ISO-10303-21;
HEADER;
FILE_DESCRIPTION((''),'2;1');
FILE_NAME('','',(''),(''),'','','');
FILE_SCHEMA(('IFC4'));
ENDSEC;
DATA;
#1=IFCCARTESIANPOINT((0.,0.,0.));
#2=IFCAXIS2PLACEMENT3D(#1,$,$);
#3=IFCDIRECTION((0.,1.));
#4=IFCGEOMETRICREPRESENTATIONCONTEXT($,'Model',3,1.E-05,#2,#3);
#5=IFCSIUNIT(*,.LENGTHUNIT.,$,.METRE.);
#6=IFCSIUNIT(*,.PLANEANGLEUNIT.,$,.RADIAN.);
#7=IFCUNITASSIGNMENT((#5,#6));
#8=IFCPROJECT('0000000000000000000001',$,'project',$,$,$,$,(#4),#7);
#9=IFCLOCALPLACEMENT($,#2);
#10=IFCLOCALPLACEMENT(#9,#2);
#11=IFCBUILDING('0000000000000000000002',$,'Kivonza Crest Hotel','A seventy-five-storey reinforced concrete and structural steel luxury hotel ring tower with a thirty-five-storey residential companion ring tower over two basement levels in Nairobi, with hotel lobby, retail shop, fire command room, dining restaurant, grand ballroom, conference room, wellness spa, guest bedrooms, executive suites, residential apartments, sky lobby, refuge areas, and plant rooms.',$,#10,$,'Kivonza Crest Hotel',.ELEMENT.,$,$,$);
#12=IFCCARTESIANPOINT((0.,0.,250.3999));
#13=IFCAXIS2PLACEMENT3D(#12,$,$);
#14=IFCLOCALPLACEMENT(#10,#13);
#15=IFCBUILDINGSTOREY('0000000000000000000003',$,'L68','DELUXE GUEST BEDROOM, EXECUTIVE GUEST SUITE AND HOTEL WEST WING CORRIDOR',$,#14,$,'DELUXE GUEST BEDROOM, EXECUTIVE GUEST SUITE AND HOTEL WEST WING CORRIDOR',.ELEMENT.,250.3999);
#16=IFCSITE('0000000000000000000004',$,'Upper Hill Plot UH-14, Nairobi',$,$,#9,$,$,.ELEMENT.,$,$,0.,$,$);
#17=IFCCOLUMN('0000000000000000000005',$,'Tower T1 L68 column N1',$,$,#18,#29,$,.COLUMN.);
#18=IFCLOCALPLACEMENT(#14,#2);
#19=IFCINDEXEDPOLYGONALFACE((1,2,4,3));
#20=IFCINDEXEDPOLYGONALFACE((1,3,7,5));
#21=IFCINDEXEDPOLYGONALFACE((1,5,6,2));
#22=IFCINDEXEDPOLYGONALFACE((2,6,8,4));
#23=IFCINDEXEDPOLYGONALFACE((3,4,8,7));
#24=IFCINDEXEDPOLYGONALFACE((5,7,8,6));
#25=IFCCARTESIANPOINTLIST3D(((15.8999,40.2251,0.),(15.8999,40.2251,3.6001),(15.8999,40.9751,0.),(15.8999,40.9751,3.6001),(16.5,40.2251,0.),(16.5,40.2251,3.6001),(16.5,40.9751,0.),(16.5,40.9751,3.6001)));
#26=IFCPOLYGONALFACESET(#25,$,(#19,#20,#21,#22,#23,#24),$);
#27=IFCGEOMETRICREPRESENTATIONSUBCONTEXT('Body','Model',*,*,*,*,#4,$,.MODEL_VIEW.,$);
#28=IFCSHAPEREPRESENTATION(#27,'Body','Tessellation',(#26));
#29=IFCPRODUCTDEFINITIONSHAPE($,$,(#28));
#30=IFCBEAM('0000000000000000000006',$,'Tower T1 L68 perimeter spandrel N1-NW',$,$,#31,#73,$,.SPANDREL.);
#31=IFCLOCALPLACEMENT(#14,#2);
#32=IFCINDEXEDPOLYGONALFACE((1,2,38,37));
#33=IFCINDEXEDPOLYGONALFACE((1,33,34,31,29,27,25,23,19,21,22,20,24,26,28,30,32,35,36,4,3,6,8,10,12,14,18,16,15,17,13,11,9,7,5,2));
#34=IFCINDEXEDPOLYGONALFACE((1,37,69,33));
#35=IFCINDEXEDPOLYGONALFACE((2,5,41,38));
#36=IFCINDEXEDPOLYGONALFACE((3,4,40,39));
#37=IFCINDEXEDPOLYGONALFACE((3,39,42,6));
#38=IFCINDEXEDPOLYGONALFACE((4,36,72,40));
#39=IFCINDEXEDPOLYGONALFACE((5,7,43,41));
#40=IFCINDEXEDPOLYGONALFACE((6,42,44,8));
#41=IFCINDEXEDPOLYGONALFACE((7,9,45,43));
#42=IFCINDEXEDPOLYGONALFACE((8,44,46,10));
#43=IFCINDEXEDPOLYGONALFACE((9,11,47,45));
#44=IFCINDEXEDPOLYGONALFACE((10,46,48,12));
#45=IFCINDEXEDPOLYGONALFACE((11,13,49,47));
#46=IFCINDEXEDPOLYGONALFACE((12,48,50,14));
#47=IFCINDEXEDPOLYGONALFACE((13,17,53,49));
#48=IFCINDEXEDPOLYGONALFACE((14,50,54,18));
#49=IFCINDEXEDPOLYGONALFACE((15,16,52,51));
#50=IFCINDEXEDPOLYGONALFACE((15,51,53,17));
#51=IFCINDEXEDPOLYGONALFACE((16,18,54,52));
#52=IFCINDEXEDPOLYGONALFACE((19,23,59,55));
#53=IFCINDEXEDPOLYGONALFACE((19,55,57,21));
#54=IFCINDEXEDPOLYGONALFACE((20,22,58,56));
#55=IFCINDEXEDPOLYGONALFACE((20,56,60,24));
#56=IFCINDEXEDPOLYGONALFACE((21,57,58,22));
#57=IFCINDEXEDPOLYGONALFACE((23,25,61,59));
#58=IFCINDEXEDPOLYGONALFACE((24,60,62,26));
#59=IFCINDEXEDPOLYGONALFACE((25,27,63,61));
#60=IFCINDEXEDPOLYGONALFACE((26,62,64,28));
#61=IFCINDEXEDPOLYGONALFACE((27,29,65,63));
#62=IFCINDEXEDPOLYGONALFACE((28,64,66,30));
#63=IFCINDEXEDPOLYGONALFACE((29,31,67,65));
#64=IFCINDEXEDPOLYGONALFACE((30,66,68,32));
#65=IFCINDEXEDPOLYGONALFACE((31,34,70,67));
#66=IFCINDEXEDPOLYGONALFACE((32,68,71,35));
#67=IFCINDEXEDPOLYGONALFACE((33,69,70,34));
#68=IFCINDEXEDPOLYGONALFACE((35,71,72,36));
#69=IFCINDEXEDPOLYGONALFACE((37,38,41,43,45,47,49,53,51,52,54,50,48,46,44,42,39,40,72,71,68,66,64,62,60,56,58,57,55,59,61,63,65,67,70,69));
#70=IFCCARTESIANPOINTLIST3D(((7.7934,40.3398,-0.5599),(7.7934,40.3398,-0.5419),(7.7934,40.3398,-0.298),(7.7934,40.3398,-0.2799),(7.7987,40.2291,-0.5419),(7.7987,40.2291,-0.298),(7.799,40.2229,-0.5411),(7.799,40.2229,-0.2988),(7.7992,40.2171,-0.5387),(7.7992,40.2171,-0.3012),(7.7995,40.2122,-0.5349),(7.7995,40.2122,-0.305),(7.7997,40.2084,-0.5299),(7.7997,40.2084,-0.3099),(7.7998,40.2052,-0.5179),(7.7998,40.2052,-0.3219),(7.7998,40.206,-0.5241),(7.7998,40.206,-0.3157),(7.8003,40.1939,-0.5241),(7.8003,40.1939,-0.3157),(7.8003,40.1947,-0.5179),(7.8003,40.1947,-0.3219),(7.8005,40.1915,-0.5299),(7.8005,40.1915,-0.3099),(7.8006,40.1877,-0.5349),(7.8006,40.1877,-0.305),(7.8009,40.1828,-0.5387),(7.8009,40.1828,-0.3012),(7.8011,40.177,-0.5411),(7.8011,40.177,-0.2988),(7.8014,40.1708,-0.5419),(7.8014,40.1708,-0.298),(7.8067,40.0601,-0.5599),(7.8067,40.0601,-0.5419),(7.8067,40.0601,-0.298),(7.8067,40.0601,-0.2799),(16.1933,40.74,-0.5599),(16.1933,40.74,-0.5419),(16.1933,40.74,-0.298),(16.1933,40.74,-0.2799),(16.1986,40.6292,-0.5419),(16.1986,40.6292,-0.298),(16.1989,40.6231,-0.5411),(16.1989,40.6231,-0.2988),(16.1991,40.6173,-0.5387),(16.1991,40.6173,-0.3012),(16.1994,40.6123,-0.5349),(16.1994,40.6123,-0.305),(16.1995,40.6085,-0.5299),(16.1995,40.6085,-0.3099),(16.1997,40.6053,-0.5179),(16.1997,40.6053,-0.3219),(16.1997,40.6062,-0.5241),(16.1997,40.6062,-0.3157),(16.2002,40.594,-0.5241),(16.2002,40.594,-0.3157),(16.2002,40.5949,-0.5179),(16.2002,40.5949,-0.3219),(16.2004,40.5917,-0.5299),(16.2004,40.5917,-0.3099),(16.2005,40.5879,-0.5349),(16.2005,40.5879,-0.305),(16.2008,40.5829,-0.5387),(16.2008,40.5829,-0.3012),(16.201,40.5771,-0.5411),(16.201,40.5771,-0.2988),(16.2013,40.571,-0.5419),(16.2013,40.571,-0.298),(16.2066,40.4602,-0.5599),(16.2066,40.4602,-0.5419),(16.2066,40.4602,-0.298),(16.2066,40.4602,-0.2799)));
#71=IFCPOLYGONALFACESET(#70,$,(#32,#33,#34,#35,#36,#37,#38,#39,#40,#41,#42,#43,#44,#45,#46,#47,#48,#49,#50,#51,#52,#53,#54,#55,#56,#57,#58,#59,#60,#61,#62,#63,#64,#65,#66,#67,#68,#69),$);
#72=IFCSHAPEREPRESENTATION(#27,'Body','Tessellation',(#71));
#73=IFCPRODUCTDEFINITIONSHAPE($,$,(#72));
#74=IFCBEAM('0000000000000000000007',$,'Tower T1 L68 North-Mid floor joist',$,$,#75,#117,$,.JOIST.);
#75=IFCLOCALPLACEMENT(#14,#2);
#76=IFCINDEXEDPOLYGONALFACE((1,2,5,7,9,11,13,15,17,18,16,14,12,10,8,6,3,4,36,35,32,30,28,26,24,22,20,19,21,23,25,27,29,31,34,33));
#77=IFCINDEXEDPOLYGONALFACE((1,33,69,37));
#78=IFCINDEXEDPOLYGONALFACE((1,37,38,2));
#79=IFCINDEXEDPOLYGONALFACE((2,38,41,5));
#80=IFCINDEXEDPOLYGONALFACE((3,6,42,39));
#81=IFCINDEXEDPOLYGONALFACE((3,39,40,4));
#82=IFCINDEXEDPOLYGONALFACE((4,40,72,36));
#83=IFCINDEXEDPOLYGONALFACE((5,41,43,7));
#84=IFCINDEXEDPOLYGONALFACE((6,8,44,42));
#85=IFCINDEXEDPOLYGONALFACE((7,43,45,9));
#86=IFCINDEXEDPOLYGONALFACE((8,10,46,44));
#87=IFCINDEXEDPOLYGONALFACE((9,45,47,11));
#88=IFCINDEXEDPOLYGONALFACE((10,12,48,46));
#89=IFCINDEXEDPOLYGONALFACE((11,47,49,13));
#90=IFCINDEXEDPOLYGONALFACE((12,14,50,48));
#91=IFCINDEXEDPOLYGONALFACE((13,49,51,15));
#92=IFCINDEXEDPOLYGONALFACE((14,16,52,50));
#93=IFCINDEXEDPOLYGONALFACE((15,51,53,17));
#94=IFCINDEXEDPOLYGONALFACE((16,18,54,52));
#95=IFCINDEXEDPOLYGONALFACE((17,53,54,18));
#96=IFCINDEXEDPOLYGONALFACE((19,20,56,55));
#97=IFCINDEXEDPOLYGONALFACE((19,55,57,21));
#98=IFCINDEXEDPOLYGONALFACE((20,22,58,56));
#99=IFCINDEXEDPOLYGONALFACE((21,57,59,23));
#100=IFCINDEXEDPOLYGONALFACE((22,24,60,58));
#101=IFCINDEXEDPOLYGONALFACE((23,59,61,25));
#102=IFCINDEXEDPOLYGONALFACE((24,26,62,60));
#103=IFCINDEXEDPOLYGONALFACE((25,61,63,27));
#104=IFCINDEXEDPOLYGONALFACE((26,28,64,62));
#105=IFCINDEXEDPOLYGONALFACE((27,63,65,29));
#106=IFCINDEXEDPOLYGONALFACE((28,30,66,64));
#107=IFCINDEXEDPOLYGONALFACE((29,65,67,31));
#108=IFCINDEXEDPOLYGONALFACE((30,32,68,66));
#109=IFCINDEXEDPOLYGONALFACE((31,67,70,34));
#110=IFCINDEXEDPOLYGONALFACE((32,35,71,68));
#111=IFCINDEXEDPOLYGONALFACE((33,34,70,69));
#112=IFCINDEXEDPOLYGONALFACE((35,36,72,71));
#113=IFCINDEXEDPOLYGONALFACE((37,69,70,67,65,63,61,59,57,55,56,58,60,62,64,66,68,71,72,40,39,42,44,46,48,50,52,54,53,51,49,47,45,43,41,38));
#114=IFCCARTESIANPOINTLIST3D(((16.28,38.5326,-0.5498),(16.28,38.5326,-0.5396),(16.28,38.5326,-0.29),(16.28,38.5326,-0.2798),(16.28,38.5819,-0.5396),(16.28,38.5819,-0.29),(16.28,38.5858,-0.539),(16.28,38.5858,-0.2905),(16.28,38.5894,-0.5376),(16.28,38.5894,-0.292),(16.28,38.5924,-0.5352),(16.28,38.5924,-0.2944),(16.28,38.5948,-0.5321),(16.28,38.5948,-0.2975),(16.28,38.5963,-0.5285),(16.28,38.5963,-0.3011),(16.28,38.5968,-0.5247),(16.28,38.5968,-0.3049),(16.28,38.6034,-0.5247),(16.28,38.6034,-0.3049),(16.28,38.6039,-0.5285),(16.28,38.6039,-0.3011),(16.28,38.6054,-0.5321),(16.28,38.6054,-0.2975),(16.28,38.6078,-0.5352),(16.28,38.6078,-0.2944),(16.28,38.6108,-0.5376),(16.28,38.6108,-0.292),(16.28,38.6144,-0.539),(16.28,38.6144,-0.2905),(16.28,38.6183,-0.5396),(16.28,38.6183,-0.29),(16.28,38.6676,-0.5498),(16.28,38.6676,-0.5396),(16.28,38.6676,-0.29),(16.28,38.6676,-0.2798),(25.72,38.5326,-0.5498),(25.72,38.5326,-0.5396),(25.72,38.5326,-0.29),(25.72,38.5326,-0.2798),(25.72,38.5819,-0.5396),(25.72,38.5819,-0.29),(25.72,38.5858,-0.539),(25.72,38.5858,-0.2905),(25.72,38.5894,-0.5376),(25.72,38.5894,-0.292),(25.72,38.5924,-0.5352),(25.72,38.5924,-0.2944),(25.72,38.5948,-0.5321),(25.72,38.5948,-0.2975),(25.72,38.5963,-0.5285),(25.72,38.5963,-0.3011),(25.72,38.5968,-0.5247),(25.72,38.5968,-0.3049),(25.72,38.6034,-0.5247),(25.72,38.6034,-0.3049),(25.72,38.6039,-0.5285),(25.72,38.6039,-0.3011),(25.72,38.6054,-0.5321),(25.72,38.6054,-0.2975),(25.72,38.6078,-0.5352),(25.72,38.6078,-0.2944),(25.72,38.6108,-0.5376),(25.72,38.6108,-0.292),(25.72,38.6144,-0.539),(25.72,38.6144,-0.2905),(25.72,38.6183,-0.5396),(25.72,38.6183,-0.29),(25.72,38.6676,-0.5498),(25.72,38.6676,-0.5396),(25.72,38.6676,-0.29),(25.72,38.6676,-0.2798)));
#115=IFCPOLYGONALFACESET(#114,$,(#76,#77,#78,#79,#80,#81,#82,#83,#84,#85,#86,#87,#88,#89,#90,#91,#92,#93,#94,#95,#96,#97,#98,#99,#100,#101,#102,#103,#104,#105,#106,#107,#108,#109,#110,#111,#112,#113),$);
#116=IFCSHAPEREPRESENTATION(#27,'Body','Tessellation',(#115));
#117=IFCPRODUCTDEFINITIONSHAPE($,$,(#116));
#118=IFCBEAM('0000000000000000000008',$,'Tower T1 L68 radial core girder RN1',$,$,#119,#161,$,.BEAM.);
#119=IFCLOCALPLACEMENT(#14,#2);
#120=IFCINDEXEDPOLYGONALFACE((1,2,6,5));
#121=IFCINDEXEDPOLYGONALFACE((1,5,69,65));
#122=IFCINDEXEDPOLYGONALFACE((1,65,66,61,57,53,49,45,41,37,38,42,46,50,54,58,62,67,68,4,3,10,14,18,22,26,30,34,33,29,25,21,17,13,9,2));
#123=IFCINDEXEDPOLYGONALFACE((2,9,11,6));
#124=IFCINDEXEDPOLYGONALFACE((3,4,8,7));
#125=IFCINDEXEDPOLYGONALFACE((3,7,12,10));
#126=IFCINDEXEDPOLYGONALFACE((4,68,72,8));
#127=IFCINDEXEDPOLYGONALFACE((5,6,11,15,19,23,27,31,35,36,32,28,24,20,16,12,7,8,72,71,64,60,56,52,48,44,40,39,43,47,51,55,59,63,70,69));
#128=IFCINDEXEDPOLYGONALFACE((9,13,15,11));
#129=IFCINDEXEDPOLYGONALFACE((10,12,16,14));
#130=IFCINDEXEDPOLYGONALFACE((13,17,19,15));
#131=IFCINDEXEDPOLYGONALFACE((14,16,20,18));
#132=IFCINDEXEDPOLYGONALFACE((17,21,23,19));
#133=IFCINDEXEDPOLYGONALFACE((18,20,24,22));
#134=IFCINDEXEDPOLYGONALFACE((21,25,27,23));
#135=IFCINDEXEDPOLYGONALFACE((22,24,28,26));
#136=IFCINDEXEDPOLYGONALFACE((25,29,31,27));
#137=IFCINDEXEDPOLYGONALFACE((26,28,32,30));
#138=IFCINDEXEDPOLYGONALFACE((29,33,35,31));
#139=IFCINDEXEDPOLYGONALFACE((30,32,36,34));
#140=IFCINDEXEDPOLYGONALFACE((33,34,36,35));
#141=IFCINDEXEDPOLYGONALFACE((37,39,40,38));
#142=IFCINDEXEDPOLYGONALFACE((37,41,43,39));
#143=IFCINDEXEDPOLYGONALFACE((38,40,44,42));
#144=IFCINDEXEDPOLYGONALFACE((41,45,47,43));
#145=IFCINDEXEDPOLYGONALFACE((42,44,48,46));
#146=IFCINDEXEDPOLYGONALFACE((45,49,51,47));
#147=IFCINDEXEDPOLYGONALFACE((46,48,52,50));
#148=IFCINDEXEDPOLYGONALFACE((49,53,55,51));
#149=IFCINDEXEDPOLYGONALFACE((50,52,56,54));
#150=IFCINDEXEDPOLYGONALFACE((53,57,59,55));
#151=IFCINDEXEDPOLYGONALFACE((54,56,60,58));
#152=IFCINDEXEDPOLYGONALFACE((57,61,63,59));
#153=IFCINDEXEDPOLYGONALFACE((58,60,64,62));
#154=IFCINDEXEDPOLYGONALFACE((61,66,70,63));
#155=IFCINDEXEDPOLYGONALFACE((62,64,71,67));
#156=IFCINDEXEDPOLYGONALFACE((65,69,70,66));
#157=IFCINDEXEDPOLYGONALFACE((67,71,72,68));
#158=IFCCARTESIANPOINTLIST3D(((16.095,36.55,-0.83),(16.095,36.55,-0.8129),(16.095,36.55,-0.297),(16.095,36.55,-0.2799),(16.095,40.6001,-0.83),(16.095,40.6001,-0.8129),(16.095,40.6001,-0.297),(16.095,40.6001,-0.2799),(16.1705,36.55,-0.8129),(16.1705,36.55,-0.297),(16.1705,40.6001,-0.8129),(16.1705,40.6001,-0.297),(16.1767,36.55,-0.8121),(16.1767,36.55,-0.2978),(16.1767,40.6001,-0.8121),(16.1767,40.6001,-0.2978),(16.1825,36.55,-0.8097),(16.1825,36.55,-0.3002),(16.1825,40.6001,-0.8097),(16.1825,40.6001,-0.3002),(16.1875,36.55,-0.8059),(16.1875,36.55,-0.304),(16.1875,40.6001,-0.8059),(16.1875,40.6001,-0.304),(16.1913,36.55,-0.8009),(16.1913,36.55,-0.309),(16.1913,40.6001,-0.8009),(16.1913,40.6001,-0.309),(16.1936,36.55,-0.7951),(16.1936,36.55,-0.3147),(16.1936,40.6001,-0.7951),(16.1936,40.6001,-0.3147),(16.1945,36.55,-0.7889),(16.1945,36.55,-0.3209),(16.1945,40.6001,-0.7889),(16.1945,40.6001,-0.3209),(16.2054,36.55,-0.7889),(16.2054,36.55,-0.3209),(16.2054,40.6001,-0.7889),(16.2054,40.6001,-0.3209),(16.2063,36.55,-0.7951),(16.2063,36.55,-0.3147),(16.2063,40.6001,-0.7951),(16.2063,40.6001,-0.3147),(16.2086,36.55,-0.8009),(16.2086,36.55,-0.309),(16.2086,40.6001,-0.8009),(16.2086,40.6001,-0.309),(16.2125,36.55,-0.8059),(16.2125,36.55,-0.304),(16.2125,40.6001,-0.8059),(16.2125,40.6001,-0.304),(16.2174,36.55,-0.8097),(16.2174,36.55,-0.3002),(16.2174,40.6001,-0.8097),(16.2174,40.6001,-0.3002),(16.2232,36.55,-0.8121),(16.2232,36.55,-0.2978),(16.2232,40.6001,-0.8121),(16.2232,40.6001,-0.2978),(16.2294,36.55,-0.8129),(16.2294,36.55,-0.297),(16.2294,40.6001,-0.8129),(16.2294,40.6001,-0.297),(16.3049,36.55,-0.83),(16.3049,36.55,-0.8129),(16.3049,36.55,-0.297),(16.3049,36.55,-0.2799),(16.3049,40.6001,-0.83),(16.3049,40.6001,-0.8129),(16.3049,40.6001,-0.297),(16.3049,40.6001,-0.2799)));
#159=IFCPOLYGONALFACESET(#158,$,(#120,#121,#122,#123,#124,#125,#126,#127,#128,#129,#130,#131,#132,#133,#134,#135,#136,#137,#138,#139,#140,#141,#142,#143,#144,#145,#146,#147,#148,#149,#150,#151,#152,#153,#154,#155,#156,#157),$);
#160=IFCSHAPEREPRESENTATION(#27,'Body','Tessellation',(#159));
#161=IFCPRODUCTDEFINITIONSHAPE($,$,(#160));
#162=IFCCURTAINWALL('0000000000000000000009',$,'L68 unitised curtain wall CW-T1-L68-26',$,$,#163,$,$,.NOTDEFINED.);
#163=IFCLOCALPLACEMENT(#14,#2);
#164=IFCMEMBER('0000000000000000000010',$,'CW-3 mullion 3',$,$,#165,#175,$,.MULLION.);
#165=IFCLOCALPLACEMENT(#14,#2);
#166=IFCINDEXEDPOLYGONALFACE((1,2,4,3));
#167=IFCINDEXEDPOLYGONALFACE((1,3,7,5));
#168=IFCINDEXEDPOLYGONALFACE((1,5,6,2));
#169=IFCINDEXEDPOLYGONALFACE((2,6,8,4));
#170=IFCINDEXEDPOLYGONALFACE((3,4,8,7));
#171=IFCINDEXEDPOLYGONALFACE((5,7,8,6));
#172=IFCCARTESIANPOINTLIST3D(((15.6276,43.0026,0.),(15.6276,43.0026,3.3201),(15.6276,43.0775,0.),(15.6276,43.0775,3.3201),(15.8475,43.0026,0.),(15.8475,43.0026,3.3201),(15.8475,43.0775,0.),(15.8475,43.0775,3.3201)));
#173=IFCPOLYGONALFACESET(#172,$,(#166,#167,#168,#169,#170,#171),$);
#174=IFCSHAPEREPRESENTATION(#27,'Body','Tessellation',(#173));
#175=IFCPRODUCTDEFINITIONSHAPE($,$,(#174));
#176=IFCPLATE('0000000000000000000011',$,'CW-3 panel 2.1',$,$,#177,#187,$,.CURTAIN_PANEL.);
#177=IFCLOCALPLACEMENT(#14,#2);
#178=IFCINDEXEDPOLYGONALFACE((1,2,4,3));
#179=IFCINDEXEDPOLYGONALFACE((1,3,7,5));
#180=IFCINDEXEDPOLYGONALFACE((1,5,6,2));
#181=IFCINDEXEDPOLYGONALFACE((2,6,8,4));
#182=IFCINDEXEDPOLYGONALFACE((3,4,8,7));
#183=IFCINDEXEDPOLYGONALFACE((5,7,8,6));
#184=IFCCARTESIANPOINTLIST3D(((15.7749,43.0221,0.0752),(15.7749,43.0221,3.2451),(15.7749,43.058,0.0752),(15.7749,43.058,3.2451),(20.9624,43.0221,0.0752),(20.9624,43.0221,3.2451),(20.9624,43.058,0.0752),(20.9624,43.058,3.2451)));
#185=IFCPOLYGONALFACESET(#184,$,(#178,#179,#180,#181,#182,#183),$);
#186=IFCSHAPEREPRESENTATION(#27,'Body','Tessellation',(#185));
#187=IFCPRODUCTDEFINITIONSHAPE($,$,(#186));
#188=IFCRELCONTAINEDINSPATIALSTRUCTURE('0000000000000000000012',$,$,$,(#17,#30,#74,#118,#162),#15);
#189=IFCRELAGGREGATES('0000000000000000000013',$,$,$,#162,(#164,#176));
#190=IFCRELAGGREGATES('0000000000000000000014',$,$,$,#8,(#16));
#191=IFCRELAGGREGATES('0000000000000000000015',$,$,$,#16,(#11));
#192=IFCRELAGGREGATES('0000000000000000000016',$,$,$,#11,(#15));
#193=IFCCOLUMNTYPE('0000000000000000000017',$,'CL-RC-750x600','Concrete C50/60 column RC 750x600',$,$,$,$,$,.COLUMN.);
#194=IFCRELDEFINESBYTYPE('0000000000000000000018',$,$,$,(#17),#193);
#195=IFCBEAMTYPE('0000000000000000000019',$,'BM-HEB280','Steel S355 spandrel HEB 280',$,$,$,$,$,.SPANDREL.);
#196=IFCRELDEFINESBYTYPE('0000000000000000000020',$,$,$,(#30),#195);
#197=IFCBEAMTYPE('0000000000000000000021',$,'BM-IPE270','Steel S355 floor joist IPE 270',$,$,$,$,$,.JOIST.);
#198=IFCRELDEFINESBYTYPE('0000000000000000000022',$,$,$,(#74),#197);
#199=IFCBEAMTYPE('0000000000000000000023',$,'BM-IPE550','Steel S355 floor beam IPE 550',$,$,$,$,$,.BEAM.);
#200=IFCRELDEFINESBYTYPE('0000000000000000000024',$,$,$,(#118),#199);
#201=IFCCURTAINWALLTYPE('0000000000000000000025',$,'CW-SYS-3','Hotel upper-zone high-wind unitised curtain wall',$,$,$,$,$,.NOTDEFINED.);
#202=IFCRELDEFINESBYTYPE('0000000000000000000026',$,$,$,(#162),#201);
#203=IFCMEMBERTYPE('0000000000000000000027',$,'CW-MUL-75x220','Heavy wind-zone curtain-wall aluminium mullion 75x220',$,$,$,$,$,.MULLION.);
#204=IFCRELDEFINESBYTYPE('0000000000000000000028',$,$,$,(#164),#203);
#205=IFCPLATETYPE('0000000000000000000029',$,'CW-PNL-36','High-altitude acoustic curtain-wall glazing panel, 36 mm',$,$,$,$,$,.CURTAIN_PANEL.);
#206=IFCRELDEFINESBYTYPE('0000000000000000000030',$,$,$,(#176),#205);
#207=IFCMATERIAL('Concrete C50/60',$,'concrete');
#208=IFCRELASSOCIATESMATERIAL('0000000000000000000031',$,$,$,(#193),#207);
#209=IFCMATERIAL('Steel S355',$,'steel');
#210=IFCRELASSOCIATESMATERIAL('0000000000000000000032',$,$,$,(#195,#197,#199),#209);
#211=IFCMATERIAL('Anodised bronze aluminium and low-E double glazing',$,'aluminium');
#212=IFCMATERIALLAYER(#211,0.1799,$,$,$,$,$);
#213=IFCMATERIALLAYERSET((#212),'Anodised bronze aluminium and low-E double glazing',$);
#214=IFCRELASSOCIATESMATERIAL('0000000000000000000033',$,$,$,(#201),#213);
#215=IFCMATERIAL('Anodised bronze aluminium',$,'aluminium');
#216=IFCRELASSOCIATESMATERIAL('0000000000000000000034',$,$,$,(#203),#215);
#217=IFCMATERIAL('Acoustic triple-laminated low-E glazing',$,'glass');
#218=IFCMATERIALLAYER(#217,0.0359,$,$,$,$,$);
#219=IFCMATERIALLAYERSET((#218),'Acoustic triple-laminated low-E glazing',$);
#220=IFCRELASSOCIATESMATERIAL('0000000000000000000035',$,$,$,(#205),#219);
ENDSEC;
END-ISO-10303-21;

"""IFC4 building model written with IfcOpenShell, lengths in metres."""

from ifc_helpers import new_model, si_unit, direction, frame, origin, origin_2d, place, context, subcontext, project, spatial, rectangle, i_section, extrude, material, layer, layer_set, material_profile, profile_set, type_object, element, aggregate, save


model = new_model("IFC4")

# Units and contexts
model_context = context("Model", 3, precision=1e-05, world=origin(), true_north=direction((0.0, 1.0)))
body_context = subcontext(model_context, "Body", "Model", "MODEL_VIEW")
ifc_project = project(units=[si_unit("LENGTHUNIT", "METRE"), si_unit("PLANEANGLEUNIT", "RADIAN")], contexts=[model_context])

# Site, building, storey
site_placement = place(None, origin())
site = spatial("IfcSite", under=ifc_project, at=site_placement, Name="Upper Hill Plot UH-14, Nairobi", CompositionType="ELEMENT", RefElevation=0.0)
building_placement = place(site_placement, origin())
building = spatial("IfcBuilding", under=site, at=building_placement, Name="Kivonza Crest Hotel", Description="A seventy-five-storey reinforced concrete and structural steel luxury hotel ring tower with a thirty-five-storey residential companion ring tower over two basement levels in Nairobi, with hotel lobby, retail shop, fire command room, dining restaurant, grand ballroom, conference room, wellness spa, guest bedrooms, executive suites, residential apartments, sky lobby, refuge areas, and plant rooms.", LongName="Kivonza Crest Hotel", CompositionType="ELEMENT")
storey_placement = place(building_placement, frame((0.0, 0.0, 250.3999)))
storey = spatial("IfcBuildingStorey", under=building, at=storey_placement, Name="L68", Description="DELUXE GUEST BEDROOM, EXECUTIVE GUEST SUITE AND HOTEL WEST WING CORRIDOR", LongName="DELUXE GUEST BEDROOM, EXECUTIVE GUEST SUITE AND HOTEL WEST WING CORRIDOR", CompositionType="ELEMENT", Elevation=250.3999)

# Column
ifc_material_1 = material(Name="Concrete C50/60", Category="concrete")
ifc_material_profile_1 = material_profile(ifc_material_1, rectangle(XDim=0.6001, YDim=0.75, at=origin_2d()), Name="RC 750x600")
ifc_profile_set_1 = profile_set([ifc_material_profile_1], Name="Concrete C50/60")
column_type = type_object("IfcColumnType", Name="CL-RC-750x600", Description="Concrete C50/60 column RC 750x600", PredefinedType="COLUMN", material=ifc_profile_set_1)
column_placement = place(storey_placement, frame((16.2, 40.6001, 0.0), z_axis=(0.0, 0.0, 1.0), x_axis=(1.0, 0.0, 0.0)))
element("IfcColumn", 1, at=column_placement, inside=storey, type_object=column_type, Name="Tower T1 L68 column N1", PredefinedType="COLUMN", context=body_context, shape_type="SweptSolid", body=[
    extrude(rectangle(XDim=0.6001, YDim=0.75, at=origin_2d()), origin(), (0.0, 0.0, 1.0), 3.6001),
])

# Beams
ifc_material_2 = material(Name="Steel S355", Category="steel")
ifc_material_profile_2 = material_profile(ifc_material_2, i_section(OverallWidth=0.28, OverallDepth=0.28, WebThickness=0.0105, FlangeThickness=0.0181, FilletRadius=0.0239, at=origin_2d()), Name="HEB 280")
ifc_profile_set_2 = profile_set([ifc_material_profile_2], Name="Steel S355")
beam_type_1 = type_object("IfcBeamType", Name="BM-HEB280", Description="Steel S355 spandrel HEB 280", PredefinedType="SPANDREL", material=ifc_profile_set_2)
beam_1_placement = place(storey_placement, frame((16.2, 40.6001, -0.4199), z_axis=(-0.998867, -0.047583, 0.0), x_axis=(0.047583, -0.998867, 0.0)))
element("IfcBeam", 2, at=beam_1_placement, inside=storey, type_object=beam_type_1, Name="Tower T1 L68 perimeter spandrel N1-NW", PredefinedType="SPANDREL", context=body_context, shape_type="SweptSolid", body=[
    extrude(i_section(OverallWidth=0.28, OverallDepth=0.28, WebThickness=0.0105, FlangeThickness=0.0181, FilletRadius=0.0239, at=origin_2d()), origin(), (0.0, 0.0, 1.0), 8.4094),
])
ifc_material_profile_3 = material_profile(ifc_material_2, i_section(OverallWidth=0.135, OverallDepth=0.27, WebThickness=0.0066, FlangeThickness=0.0103, FilletRadius=0.0149, at=origin_2d()), Name="IPE 270")
ifc_profile_set_3 = profile_set([ifc_material_profile_3], Name="Steel S355")
beam_type_2 = type_object("IfcBeamType", Name="BM-IPE270", Description="Steel S355 floor joist IPE 270", PredefinedType="JOIST", material=ifc_profile_set_3)
beam_2_placement = place(storey_placement, frame((16.28, 38.6001, -0.4148), z_axis=(1.0, 0.0, 0.0), x_axis=(0.0, 1.0, 0.0)))
element("IfcBeam", 3, at=beam_2_placement, inside=storey, type_object=beam_type_2, Name="Tower T1 L68 North-Mid floor joist", PredefinedType="JOIST", context=body_context, shape_type="SweptSolid", body=[
    extrude(i_section(OverallWidth=0.135, OverallDepth=0.27, WebThickness=0.0066, FlangeThickness=0.0103, FilletRadius=0.0149, at=origin_2d()), origin(), (0.0, 0.0, 1.0), 9.4399),
])
ifc_material_profile_4 = material_profile(ifc_material_2, i_section(OverallWidth=0.21, OverallDepth=0.55, WebThickness=0.011, FlangeThickness=0.0171, FilletRadius=0.0239, at=origin_2d()), Name="IPE 550")
ifc_profile_set_4 = profile_set([ifc_material_profile_4], Name="Steel S355")
beam_type_3 = type_object("IfcBeamType", Name="BM-IPE550", Description="Steel S355 floor beam IPE 550", PredefinedType="BEAM", material=ifc_profile_set_4)
beam_3_placement = place(storey_placement, frame((16.2, 40.6001, -0.5549), z_axis=(0.0, -1.0, 0.0), x_axis=(1.0, 0.0, 0.0)))
element("IfcBeam", 4, at=beam_3_placement, inside=storey, type_object=beam_type_3, Name="Tower T1 L68 radial core girder RN1", PredefinedType="BEAM", context=body_context, shape_type="SweptSolid", body=[
    extrude(i_section(OverallWidth=0.21, OverallDepth=0.55, WebThickness=0.011, FlangeThickness=0.0171, FilletRadius=0.0239, at=origin_2d()), origin(), (0.0, 0.0, 1.0), 4.05),
])

# Curtain wall, member, plate
ifc_material_3 = material(Name="Anodised bronze aluminium and low-E double glazing", Category="aluminium")
ifc_layer_1 = layer(ifc_material_3, 0.1799)
ifc_layer_set_1 = layer_set([ifc_layer_1], Name="Anodised bronze aluminium and low-E double glazing")
curtain_wall_type = type_object("IfcCurtainWallType", Name="CW-SYS-3", Description="Hotel upper-zone high-wind unitised curtain wall", PredefinedType="NOTDEFINED", material=ifc_layer_set_1)
curtain_wall_placement = place(storey_placement, origin())
curtain_wall = element("IfcCurtainWall", 5, at=curtain_wall_placement, inside=storey, type_object=curtain_wall_type, Name="L68 unitised curtain wall CW-T1-L68-26", PredefinedType="NOTDEFINED")
ifc_material_4 = material(Name="Anodised bronze aluminium", Category="aluminium")
ifc_material_profile_5 = material_profile(ifc_material_4, rectangle(XDim=0.075, YDim=0.22, at=origin_2d()), Name="CW-M 75x220")
ifc_profile_set_5 = profile_set([ifc_material_profile_5], Name="Anodised bronze aluminium")
member_type = type_object("IfcMemberType", Name="CW-MUL-75x220", Description="Heavy wind-zone curtain-wall aluminium mullion 75x220", PredefinedType="MULLION", material=ifc_profile_set_5)
member_placement = place(storey_placement, frame((15.7375, 43.04, 0.0), z_axis=(0.0, 0.0, 1.0), x_axis=(0.0, -1.0, 0.0)))
member = element("IfcMember", 6, at=member_placement, type_object=member_type, Name="CW-3 mullion 3", PredefinedType="MULLION", context=body_context, shape_type="SweptSolid", body=[
    extrude(rectangle(XDim=0.075, YDim=0.22, at=origin_2d()), origin(), (0.0, 0.0, 1.0), 3.3201),
])
ifc_material_5 = material(Name="Acoustic triple-laminated low-E glazing", Category="glass")
ifc_layer_2 = layer(ifc_material_5, 0.0359)
ifc_layer_set_2 = layer_set([ifc_layer_2], Name="Acoustic triple-laminated low-E glazing")
plate_type = type_object("IfcPlateType", Name="CW-PNL-36", Description="High-altitude acoustic curtain-wall glazing panel, 36 mm", PredefinedType="CURTAIN_PANEL", material=ifc_layer_set_2)
plate_placement = place(storey_placement, frame((18.3687, 43.04, 0.0752), z_axis=(0.0, 0.0, 1.0), x_axis=(-1.0, 0.0, 0.0)))
plate = element("IfcPlate", 7, at=plate_placement, type_object=plate_type, Name="CW-3 panel 2.1", PredefinedType="CURTAIN_PANEL", context=body_context, shape_type="SweptSolid", body=[
    extrude(rectangle(XDim=5.1875, YDim=0.0359, at=origin_2d()), origin(), (0.0, 0.0, 1.0), 3.1699),
])
aggregate(curtain_wall, [member, plate])

save(model, "model.ifc")
